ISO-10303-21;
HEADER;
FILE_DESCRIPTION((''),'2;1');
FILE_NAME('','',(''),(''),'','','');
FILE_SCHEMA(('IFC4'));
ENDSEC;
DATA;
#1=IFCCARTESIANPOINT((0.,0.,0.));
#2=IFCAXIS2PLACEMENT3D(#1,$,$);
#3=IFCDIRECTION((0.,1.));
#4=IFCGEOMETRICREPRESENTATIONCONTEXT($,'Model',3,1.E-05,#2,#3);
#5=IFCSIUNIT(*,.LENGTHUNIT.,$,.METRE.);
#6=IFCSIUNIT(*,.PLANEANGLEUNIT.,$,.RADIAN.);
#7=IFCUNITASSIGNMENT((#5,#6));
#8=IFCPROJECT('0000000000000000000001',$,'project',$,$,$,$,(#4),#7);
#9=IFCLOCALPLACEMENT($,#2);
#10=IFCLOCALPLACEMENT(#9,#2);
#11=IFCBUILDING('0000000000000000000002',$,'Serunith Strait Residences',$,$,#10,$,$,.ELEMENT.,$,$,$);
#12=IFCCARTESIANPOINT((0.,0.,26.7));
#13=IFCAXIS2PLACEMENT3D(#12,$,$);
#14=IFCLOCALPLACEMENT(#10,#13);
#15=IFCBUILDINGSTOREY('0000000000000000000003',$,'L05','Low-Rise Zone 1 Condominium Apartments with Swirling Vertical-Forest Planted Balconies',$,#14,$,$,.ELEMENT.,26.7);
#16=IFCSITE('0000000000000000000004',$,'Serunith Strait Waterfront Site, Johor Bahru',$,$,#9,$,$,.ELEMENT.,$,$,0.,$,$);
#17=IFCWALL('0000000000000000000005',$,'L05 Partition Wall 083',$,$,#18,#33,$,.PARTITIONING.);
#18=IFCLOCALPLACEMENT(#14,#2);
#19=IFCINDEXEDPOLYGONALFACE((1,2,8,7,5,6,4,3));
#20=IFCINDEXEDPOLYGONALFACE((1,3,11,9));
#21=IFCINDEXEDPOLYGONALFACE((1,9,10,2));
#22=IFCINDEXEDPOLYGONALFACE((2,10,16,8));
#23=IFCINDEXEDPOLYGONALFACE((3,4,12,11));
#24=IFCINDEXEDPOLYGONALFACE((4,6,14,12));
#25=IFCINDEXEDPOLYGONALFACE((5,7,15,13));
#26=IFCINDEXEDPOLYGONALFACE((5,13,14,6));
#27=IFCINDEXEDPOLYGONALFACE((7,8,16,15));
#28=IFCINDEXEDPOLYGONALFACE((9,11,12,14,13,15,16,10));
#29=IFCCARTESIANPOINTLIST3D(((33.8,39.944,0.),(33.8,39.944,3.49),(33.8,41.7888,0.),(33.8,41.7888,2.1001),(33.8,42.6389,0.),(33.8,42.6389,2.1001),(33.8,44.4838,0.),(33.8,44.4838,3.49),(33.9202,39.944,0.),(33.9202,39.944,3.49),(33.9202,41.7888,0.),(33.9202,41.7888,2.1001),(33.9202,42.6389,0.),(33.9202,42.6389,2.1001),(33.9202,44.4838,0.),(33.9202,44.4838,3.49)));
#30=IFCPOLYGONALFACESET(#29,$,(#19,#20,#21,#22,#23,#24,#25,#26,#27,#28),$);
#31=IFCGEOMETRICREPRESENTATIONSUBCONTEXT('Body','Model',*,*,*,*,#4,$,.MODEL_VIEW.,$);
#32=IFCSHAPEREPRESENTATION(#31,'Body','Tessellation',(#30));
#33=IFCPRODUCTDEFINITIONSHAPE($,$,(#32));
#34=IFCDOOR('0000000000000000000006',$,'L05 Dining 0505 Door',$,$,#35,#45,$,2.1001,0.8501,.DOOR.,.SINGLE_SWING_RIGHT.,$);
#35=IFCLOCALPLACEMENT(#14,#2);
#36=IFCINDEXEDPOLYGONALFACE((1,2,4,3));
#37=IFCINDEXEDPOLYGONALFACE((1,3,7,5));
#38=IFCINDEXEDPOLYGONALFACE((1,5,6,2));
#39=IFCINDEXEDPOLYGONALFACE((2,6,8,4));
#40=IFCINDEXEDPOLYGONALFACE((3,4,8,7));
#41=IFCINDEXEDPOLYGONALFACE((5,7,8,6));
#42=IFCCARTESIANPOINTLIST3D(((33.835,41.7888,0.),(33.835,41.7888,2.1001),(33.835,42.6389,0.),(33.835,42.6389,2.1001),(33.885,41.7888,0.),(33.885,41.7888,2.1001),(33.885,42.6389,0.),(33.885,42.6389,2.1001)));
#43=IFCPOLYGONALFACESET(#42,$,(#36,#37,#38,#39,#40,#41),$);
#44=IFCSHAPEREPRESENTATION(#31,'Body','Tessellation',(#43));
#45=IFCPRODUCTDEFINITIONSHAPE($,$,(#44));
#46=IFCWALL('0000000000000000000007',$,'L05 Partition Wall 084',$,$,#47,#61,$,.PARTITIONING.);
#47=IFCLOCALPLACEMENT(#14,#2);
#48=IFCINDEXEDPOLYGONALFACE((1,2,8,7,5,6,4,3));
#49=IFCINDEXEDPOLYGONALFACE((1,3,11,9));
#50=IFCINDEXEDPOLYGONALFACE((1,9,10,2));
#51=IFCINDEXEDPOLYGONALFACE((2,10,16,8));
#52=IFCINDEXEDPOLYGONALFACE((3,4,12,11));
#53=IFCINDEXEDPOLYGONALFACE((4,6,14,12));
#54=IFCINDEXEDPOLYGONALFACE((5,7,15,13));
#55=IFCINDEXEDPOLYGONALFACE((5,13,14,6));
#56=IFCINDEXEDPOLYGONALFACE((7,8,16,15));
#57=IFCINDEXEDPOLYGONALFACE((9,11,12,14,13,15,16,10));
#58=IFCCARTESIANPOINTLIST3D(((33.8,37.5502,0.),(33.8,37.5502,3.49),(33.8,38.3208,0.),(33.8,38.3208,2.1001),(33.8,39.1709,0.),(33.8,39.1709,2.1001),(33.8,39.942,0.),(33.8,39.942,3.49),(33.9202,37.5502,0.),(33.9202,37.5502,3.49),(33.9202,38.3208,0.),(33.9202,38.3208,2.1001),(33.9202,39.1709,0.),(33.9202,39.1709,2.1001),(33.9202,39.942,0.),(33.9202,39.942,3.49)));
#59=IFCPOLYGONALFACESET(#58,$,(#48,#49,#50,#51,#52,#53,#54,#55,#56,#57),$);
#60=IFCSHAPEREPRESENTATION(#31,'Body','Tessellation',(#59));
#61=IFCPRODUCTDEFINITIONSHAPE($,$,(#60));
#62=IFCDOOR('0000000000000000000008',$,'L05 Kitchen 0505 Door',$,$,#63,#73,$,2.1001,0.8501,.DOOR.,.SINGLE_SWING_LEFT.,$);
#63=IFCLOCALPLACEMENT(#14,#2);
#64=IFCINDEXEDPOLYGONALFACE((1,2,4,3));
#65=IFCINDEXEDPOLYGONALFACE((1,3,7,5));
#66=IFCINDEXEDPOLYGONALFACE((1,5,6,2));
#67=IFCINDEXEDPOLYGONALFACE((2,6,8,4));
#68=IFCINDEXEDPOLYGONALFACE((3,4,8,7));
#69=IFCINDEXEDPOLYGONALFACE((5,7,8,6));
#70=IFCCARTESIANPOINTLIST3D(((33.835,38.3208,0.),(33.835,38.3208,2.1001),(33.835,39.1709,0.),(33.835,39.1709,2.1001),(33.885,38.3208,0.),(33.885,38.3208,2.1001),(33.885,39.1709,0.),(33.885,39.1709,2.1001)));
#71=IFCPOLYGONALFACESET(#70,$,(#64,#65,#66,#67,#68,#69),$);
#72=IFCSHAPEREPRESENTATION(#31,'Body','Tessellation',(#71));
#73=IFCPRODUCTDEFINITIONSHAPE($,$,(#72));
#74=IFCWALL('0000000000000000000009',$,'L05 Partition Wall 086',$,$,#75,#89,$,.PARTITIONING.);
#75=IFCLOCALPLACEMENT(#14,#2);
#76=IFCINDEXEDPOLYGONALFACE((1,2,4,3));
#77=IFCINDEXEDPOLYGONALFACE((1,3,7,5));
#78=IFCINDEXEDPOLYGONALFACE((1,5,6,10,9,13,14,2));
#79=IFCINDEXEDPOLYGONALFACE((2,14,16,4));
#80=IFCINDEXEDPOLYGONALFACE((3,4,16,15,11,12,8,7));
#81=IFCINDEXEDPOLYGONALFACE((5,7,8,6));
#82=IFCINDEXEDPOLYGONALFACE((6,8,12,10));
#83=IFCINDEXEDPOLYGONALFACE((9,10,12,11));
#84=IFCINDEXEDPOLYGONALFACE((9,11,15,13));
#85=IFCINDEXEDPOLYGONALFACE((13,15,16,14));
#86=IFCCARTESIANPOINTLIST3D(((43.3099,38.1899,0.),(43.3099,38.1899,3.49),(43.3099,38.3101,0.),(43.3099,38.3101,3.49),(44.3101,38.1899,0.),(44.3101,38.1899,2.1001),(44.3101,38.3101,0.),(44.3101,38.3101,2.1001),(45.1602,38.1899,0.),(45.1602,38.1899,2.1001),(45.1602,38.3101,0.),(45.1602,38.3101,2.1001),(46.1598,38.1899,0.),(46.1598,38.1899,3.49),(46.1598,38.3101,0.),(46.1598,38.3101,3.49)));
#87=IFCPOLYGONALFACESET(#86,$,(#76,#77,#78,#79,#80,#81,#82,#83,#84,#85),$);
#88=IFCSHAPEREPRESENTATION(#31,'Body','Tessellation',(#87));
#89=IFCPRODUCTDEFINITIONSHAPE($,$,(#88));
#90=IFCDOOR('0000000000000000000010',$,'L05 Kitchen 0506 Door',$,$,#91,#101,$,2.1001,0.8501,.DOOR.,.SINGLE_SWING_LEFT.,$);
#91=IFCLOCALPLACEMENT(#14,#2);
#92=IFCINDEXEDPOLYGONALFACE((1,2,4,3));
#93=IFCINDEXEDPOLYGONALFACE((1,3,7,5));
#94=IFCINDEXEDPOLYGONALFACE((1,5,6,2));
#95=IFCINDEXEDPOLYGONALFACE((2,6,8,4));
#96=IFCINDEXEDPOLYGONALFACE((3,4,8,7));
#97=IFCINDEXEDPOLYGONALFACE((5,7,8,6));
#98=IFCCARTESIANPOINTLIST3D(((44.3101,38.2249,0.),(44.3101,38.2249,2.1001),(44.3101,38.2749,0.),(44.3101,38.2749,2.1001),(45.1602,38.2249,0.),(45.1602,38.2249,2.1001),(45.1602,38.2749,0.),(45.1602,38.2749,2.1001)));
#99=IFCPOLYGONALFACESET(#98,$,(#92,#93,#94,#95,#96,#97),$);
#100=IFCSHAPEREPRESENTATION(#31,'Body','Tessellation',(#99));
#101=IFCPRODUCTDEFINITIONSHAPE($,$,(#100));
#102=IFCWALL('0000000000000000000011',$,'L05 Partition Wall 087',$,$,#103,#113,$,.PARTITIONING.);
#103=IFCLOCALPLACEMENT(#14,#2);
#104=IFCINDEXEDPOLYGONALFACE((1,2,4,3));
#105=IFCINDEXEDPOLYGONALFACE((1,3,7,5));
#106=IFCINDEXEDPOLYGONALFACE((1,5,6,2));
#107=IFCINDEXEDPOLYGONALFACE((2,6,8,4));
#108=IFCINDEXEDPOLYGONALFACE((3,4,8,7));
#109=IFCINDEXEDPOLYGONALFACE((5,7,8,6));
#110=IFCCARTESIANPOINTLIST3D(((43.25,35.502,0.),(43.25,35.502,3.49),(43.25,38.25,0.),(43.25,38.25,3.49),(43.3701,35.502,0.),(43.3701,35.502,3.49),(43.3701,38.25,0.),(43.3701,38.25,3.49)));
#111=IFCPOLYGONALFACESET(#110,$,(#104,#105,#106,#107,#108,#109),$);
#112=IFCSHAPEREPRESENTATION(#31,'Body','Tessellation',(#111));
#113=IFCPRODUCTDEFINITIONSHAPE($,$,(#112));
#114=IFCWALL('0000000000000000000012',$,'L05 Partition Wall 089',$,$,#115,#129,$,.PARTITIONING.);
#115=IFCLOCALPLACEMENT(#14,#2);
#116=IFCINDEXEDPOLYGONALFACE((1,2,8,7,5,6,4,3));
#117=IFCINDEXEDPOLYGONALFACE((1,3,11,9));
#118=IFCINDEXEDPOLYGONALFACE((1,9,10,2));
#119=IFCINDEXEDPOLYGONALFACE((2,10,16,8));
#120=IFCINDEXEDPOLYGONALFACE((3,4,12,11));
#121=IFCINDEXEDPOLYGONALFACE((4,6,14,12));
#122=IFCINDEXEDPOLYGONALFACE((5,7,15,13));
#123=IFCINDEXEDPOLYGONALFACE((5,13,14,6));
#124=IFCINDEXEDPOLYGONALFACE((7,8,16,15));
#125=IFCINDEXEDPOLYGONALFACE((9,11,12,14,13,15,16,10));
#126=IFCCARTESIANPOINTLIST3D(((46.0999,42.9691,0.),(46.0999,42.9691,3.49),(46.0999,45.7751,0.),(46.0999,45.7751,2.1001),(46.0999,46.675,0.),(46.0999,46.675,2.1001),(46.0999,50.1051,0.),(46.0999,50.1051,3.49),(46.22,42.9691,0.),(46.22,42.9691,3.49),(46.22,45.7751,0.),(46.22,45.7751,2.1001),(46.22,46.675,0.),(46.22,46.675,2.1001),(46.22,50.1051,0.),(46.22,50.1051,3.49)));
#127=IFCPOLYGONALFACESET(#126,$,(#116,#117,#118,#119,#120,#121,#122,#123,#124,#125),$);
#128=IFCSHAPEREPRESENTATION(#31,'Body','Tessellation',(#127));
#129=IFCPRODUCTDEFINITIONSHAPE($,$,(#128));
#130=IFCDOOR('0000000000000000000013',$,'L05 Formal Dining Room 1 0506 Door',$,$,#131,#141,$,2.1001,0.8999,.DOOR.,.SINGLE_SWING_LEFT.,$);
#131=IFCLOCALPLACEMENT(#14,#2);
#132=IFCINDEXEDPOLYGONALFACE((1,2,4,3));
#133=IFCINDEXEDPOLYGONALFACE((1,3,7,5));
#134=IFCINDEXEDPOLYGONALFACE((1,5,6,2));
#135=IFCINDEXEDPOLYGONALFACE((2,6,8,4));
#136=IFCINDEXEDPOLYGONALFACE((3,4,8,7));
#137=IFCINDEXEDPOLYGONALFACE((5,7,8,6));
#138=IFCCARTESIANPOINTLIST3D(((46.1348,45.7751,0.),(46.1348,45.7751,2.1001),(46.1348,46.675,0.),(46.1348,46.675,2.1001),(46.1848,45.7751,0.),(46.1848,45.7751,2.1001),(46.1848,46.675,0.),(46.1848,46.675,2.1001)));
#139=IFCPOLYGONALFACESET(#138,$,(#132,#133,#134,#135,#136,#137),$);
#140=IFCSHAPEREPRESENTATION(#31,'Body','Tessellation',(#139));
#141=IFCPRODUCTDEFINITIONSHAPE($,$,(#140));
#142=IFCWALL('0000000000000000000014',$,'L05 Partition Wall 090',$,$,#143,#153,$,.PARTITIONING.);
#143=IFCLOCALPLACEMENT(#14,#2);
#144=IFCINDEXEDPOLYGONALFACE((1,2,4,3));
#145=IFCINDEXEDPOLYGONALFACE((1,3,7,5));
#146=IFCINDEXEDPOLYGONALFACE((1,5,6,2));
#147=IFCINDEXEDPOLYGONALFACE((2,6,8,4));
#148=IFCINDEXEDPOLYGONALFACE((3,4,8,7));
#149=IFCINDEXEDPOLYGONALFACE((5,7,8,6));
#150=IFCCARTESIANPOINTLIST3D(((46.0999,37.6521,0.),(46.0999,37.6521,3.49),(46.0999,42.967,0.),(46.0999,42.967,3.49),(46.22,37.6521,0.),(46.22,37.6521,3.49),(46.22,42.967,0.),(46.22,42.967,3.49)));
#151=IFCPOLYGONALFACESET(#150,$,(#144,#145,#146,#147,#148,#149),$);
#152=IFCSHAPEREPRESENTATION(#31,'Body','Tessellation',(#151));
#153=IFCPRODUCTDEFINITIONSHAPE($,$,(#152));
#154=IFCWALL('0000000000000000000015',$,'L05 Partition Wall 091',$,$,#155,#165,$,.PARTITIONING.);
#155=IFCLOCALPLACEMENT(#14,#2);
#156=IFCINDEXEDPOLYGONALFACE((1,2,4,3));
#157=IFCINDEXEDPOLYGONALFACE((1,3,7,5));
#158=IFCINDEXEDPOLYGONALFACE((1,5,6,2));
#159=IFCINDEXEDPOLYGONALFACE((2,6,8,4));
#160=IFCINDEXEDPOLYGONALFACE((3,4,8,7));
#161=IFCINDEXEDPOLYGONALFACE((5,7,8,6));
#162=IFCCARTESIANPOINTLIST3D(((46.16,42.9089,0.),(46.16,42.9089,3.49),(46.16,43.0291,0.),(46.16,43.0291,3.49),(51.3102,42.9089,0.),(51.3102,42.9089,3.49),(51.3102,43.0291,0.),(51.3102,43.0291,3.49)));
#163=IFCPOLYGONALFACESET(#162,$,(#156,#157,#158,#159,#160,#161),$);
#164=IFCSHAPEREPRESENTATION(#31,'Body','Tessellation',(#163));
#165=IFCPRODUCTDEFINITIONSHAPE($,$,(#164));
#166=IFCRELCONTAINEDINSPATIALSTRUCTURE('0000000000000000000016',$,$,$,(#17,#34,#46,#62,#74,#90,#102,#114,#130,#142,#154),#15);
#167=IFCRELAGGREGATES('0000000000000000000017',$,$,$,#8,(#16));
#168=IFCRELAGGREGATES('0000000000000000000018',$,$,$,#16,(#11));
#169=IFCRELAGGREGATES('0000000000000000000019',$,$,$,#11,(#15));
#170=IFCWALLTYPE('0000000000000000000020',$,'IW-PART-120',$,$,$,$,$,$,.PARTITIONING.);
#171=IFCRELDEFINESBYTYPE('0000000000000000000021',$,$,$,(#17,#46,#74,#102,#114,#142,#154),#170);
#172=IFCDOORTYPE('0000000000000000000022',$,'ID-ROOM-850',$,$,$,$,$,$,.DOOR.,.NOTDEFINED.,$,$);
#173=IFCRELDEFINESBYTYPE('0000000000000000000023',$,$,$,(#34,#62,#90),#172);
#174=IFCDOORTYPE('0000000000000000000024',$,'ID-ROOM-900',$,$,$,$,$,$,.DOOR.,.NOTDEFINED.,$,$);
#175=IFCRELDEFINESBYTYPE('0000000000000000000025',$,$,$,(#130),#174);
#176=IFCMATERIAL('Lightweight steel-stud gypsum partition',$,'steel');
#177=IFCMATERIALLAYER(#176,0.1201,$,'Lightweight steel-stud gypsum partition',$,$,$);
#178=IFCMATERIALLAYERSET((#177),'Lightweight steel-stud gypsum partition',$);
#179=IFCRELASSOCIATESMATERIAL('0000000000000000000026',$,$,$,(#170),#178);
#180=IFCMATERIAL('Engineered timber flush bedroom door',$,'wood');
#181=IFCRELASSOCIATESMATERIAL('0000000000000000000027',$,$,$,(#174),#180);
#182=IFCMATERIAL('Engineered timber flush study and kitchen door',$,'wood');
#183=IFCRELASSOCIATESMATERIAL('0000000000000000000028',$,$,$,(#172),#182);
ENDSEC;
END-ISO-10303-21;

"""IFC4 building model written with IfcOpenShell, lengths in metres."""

from ifc_helpers import new_model, si_unit, direction, frame, frame_2d, origin, place, context, subcontext, project, spatial, rectangle, extrude, source, transform, mapped, material, layer, layer_set, type_object, element, fill, save


model = new_model("IFC4")

# Units and contexts
model_context = context("Model", 3, precision=1e-05, world=origin(), true_north=direction((0.0, 1.0)))
body_context = subcontext(model_context, "Body", "Model", "MODEL_VIEW")
ifc_project = project(units=[si_unit("LENGTHUNIT", "METRE"), si_unit("PLANEANGLEUNIT", "RADIAN")], contexts=[model_context])

# Site, building, storey
site_placement = place(None, origin())
site = spatial("IfcSite", under=ifc_project, at=site_placement, Name="Serunith Strait Waterfront Site, Johor Bahru", CompositionType="ELEMENT", RefElevation=0.0)
building_placement = place(site_placement, origin())
building = spatial("IfcBuilding", under=site, at=building_placement, Name="Serunith Strait Residences", CompositionType="ELEMENT")
storey_placement = place(building_placement, frame((0.0, 0.0, 26.7)))
storey = spatial("IfcBuildingStorey", under=building, at=storey_placement, Name="L05", Description="Low-Rise Zone 1 Condominium Apartments with Swirling Vertical-Forest Planted Balconies", CompositionType="ELEMENT", Elevation=26.7)

# Walls, openings, doors
ifc_material_1 = material(Name="Lightweight steel-stud gypsum partition", Category="steel")
ifc_layer_1 = layer(ifc_material_1, 0.1201, Name="Lightweight steel-stud gypsum partition")
ifc_layer_set_1 = layer_set([ifc_layer_1], Name="Lightweight steel-stud gypsum partition")
wall_type_1 = type_object("IfcWallType", Name="IW-PART-120", PredefinedType="PARTITIONING", material=ifc_layer_set_1)
ifc_material_2 = material(Name="Engineered timber flush bedroom door", Category="wood")
door_type_1 = type_object("IfcDoorType", Name="ID-ROOM-900", OperationType="NOTDEFINED", PredefinedType="DOOR", material=ifc_material_2)
shared_shape_1 = source(origin(), body_context, "Body", "SweptSolid", [
    extrude(rectangle(XDim=0.8999, YDim=2.1001, at=frame_2d((0.45, 1.05))), frame((0.0, 0.0249, 0.0), z_axis=(0.0, -1.0, 0.0), x_axis=(1.0, 0.0, 0.0)), (0.0, 0.0, 1.0), 0.05),
])
wall_1_placement = place(storey_placement, frame((33.8601, 44.4839, 0.0), z_axis=(0.0, 0.0, 1.0), x_axis=(0.0, -1.0, 0.0)))
wall_1 = element("IfcWall", 1, at=wall_1_placement, inside=storey, type_object=wall_type_1, Name="L05 Partition Wall 083", PredefinedType="PARTITIONING", context=body_context, shape_type="SweptSolid", body=[
    extrude(rectangle(XDim=4.5398, YDim=0.1201, at=frame_2d((2.27, 0.0))), origin(), (0.0, 0.0, 1.0), 3.49),
])
opening_1_placement = place(wall_1_placement, frame((1.845, 0.0, 0.0)))
opening_1 = element("IfcOpeningElement", 2, at=opening_1_placement, cuts=wall_1, PredefinedType="OPENING", context=body_context, shape_type="SweptSolid", body=[
    extrude(rectangle(XDim=0.8501, YDim=2.1001, at=frame_2d((0.425, 1.05))), frame((0.0, 0.0701, 0.0), z_axis=(0.0, -1.0, 0.0), x_axis=(1.0, 0.0, 0.0)), (0.0, 0.0, 1.0), 0.1401),
])
ifc_material_3 = material(Name="Engineered timber flush study and kitchen door", Category="wood")
door_type_2 = type_object("IfcDoorType", Name="ID-ROOM-850", OperationType="NOTDEFINED", PredefinedType="DOOR", material=ifc_material_3)
shared_shape_2 = source(origin(), body_context, "Body", "SweptSolid", [
    extrude(rectangle(XDim=0.8501, YDim=2.1001, at=frame_2d((0.425, 1.05))), frame((0.0, 0.0249, 0.0), z_axis=(0.0, -1.0, 0.0), x_axis=(1.0, 0.0, 0.0)), (0.0, 0.0, 1.0), 0.05),
])
door_1_placement = place(opening_1_placement, origin())
door_1 = element("IfcDoor", 3, at=door_1_placement, inside=storey, type_object=door_type_2, Name="L05 Dining 0505 Door", OperationType="SINGLE_SWING_RIGHT", OverallHeight=2.1001, OverallWidth=0.8501, PredefinedType="DOOR", context=body_context, shape_type="MappedRepresentation", body=[
    mapped(shared_shape_2, transform((0.0, 0.0, 0.0), scale=1.0)),
])
fill(opening_1, door_1)
wall_2_placement = place(storey_placement, frame((33.8601, 39.9419, 0.0), z_axis=(0.0, 0.0, 1.0), x_axis=(0.0, -1.0, 0.0)))
wall_2 = element("IfcWall", 4, at=wall_2_placement, inside=storey, type_object=wall_type_1, Name="L05 Partition Wall 084", PredefinedType="PARTITIONING", context=body_context, shape_type="SweptSolid", body=[
    extrude(rectangle(XDim=2.3918, YDim=0.1201, at=frame_2d((1.1958, 0.0))), origin(), (0.0, 0.0, 1.0), 3.49),
])
opening_2_placement = place(wall_2_placement, frame((0.771, 0.0, 0.0)))
opening_2 = element("IfcOpeningElement", 5, at=opening_2_placement, cuts=wall_2, PredefinedType="OPENING", context=body_context, shape_type="SweptSolid", body=[
    extrude(rectangle(XDim=0.8501, YDim=2.1001, at=frame_2d((0.425, 1.05))), frame((0.0, 0.0701, 0.0), z_axis=(0.0, -1.0, 0.0), x_axis=(1.0, 0.0, 0.0)), (0.0, 0.0, 1.0), 0.1401),
])
door_2_placement = place(opening_2_placement, origin())
door_2 = element("IfcDoor", 6, at=door_2_placement, inside=storey, type_object=door_type_2, Name="L05 Kitchen 0505 Door", OperationType="SINGLE_SWING_LEFT", OverallHeight=2.1001, OverallWidth=0.8501, PredefinedType="DOOR", context=body_context, shape_type="MappedRepresentation", body=[
    mapped(shared_shape_2, transform((0.0, 0.0, 0.0), scale=1.0)),
])
fill(opening_2, door_2)
wall_3_placement = place(storey_placement, frame((43.3101, 38.25, 0.0), z_axis=(0.0, 0.0, 1.0), x_axis=(1.0, 0.0, 0.0)))
wall_3 = element("IfcWall", 7, at=wall_3_placement, inside=storey, type_object=wall_type_1, Name="L05 Partition Wall 086", PredefinedType="PARTITIONING", context=body_context, shape_type="SweptSolid", body=[
    extrude(rectangle(XDim=2.8499, YDim=0.1201, at=frame_2d((1.4248, 0.0))), origin(), (0.0, 0.0, 1.0), 3.49),
])
opening_3_placement = place(wall_3_placement, frame((1.0, 0.0, 0.0)))
opening_3 = element("IfcOpeningElement", 8, at=opening_3_placement, cuts=wall_3, PredefinedType="OPENING", context=body_context, shape_type="SweptSolid", body=[
    extrude(rectangle(XDim=0.8501, YDim=2.1001, at=frame_2d((0.425, 1.05))), frame((0.0, 0.0701, 0.0), z_axis=(0.0, -1.0, 0.0), x_axis=(1.0, 0.0, 0.0)), (0.0, 0.0, 1.0), 0.1401),
])
door_3_placement = place(opening_3_placement, origin())
door_3 = element("IfcDoor", 9, at=door_3_placement, inside=storey, type_object=door_type_2, Name="L05 Kitchen 0506 Door", OperationType="SINGLE_SWING_LEFT", OverallHeight=2.1001, OverallWidth=0.8501, PredefinedType="DOOR", context=body_context, shape_type="MappedRepresentation", body=[
    mapped(shared_shape_2, transform((0.0, 0.0, 0.0), scale=1.0)),
])
fill(opening_3, door_3)

# Wall
wall_4_placement = place(storey_placement, frame((43.3101, 38.25, 0.0), z_axis=(0.0, 0.0, 1.0), x_axis=(0.0, -1.0, 0.0)))
element("IfcWall", 10, at=wall_4_placement, inside=storey, type_object=wall_type_1, Name="L05 Partition Wall 087", PredefinedType="PARTITIONING", context=body_context, shape_type="SweptSolid", body=[
    extrude(rectangle(XDim=2.748, YDim=0.1201, at=frame_2d((1.374, 0.0))), origin(), (0.0, 0.0, 1.0), 3.49),
])

# Wall, opening, door
wall_5_placement = place(storey_placement, frame((46.1599, 50.105, 0.0), z_axis=(0.0, 0.0, 1.0), x_axis=(0.0, -1.0, 0.0)))
wall_5 = element("IfcWall", 11, at=wall_5_placement, inside=storey, type_object=wall_type_1, Name="L05 Partition Wall 089", PredefinedType="PARTITIONING", context=body_context, shape_type="SweptSolid", body=[
    extrude(rectangle(XDim=7.136, YDim=0.1201, at=frame_2d((3.5679, 0.0))), origin(), (0.0, 0.0, 1.0), 3.49),
])
opening_4_placement = place(wall_5_placement, frame((3.4299, 0.0, 0.0)))
opening_4 = element("IfcOpeningElement", 12, at=opening_4_placement, cuts=wall_5, PredefinedType="OPENING", context=body_context, shape_type="SweptSolid", body=[
    extrude(rectangle(XDim=0.8999, YDim=2.1001, at=frame_2d((0.45, 1.05))), frame((0.0, 0.0701, 0.0), z_axis=(0.0, -1.0, 0.0), x_axis=(1.0, 0.0, 0.0)), (0.0, 0.0, 1.0), 0.1401),
])
door_4_placement = place(opening_4_placement, origin())
door_4 = element("IfcDoor", 13, at=door_4_placement, inside=storey, type_object=door_type_1, Name="L05 Formal Dining Room 1 0506 Door", OperationType="SINGLE_SWING_LEFT", OverallHeight=2.1001, OverallWidth=0.8999, PredefinedType="DOOR", context=body_context, shape_type="MappedRepresentation", body=[
    mapped(shared_shape_1, transform((0.0, 0.0, 0.0), scale=1.0)),
])
fill(opening_4, door_4)

# Walls
wall_6_placement = place(storey_placement, frame((46.1599, 42.967, 0.0), z_axis=(0.0, 0.0, 1.0), x_axis=(0.0, -1.0, 0.0)))
element("IfcWall", 14, at=wall_6_placement, inside=storey, type_object=wall_type_1, Name="L05 Partition Wall 090", PredefinedType="PARTITIONING", context=body_context, shape_type="SweptSolid", body=[
    extrude(rectangle(XDim=5.3149, YDim=0.1201, at=frame_2d((2.6575, 0.0))), origin(), (0.0, 0.0, 1.0), 3.49),
])
wall_7_placement = place(storey_placement, frame((46.1599, 42.969, 0.0), z_axis=(0.0, 0.0, 1.0), x_axis=(1.0, 0.0, 0.0)))
element("IfcWall", 15, at=wall_7_placement, inside=storey, type_object=wall_type_1, Name="L05 Partition Wall 091", PredefinedType="PARTITIONING", context=body_context, shape_type="SweptSolid", body=[
    extrude(rectangle(XDim=5.1501, YDim=0.1201, at=frame_2d((2.5752, 0.0))), origin(), (0.0, 0.0, 1.0), 3.49),
])

save(model, "model.ifc")
